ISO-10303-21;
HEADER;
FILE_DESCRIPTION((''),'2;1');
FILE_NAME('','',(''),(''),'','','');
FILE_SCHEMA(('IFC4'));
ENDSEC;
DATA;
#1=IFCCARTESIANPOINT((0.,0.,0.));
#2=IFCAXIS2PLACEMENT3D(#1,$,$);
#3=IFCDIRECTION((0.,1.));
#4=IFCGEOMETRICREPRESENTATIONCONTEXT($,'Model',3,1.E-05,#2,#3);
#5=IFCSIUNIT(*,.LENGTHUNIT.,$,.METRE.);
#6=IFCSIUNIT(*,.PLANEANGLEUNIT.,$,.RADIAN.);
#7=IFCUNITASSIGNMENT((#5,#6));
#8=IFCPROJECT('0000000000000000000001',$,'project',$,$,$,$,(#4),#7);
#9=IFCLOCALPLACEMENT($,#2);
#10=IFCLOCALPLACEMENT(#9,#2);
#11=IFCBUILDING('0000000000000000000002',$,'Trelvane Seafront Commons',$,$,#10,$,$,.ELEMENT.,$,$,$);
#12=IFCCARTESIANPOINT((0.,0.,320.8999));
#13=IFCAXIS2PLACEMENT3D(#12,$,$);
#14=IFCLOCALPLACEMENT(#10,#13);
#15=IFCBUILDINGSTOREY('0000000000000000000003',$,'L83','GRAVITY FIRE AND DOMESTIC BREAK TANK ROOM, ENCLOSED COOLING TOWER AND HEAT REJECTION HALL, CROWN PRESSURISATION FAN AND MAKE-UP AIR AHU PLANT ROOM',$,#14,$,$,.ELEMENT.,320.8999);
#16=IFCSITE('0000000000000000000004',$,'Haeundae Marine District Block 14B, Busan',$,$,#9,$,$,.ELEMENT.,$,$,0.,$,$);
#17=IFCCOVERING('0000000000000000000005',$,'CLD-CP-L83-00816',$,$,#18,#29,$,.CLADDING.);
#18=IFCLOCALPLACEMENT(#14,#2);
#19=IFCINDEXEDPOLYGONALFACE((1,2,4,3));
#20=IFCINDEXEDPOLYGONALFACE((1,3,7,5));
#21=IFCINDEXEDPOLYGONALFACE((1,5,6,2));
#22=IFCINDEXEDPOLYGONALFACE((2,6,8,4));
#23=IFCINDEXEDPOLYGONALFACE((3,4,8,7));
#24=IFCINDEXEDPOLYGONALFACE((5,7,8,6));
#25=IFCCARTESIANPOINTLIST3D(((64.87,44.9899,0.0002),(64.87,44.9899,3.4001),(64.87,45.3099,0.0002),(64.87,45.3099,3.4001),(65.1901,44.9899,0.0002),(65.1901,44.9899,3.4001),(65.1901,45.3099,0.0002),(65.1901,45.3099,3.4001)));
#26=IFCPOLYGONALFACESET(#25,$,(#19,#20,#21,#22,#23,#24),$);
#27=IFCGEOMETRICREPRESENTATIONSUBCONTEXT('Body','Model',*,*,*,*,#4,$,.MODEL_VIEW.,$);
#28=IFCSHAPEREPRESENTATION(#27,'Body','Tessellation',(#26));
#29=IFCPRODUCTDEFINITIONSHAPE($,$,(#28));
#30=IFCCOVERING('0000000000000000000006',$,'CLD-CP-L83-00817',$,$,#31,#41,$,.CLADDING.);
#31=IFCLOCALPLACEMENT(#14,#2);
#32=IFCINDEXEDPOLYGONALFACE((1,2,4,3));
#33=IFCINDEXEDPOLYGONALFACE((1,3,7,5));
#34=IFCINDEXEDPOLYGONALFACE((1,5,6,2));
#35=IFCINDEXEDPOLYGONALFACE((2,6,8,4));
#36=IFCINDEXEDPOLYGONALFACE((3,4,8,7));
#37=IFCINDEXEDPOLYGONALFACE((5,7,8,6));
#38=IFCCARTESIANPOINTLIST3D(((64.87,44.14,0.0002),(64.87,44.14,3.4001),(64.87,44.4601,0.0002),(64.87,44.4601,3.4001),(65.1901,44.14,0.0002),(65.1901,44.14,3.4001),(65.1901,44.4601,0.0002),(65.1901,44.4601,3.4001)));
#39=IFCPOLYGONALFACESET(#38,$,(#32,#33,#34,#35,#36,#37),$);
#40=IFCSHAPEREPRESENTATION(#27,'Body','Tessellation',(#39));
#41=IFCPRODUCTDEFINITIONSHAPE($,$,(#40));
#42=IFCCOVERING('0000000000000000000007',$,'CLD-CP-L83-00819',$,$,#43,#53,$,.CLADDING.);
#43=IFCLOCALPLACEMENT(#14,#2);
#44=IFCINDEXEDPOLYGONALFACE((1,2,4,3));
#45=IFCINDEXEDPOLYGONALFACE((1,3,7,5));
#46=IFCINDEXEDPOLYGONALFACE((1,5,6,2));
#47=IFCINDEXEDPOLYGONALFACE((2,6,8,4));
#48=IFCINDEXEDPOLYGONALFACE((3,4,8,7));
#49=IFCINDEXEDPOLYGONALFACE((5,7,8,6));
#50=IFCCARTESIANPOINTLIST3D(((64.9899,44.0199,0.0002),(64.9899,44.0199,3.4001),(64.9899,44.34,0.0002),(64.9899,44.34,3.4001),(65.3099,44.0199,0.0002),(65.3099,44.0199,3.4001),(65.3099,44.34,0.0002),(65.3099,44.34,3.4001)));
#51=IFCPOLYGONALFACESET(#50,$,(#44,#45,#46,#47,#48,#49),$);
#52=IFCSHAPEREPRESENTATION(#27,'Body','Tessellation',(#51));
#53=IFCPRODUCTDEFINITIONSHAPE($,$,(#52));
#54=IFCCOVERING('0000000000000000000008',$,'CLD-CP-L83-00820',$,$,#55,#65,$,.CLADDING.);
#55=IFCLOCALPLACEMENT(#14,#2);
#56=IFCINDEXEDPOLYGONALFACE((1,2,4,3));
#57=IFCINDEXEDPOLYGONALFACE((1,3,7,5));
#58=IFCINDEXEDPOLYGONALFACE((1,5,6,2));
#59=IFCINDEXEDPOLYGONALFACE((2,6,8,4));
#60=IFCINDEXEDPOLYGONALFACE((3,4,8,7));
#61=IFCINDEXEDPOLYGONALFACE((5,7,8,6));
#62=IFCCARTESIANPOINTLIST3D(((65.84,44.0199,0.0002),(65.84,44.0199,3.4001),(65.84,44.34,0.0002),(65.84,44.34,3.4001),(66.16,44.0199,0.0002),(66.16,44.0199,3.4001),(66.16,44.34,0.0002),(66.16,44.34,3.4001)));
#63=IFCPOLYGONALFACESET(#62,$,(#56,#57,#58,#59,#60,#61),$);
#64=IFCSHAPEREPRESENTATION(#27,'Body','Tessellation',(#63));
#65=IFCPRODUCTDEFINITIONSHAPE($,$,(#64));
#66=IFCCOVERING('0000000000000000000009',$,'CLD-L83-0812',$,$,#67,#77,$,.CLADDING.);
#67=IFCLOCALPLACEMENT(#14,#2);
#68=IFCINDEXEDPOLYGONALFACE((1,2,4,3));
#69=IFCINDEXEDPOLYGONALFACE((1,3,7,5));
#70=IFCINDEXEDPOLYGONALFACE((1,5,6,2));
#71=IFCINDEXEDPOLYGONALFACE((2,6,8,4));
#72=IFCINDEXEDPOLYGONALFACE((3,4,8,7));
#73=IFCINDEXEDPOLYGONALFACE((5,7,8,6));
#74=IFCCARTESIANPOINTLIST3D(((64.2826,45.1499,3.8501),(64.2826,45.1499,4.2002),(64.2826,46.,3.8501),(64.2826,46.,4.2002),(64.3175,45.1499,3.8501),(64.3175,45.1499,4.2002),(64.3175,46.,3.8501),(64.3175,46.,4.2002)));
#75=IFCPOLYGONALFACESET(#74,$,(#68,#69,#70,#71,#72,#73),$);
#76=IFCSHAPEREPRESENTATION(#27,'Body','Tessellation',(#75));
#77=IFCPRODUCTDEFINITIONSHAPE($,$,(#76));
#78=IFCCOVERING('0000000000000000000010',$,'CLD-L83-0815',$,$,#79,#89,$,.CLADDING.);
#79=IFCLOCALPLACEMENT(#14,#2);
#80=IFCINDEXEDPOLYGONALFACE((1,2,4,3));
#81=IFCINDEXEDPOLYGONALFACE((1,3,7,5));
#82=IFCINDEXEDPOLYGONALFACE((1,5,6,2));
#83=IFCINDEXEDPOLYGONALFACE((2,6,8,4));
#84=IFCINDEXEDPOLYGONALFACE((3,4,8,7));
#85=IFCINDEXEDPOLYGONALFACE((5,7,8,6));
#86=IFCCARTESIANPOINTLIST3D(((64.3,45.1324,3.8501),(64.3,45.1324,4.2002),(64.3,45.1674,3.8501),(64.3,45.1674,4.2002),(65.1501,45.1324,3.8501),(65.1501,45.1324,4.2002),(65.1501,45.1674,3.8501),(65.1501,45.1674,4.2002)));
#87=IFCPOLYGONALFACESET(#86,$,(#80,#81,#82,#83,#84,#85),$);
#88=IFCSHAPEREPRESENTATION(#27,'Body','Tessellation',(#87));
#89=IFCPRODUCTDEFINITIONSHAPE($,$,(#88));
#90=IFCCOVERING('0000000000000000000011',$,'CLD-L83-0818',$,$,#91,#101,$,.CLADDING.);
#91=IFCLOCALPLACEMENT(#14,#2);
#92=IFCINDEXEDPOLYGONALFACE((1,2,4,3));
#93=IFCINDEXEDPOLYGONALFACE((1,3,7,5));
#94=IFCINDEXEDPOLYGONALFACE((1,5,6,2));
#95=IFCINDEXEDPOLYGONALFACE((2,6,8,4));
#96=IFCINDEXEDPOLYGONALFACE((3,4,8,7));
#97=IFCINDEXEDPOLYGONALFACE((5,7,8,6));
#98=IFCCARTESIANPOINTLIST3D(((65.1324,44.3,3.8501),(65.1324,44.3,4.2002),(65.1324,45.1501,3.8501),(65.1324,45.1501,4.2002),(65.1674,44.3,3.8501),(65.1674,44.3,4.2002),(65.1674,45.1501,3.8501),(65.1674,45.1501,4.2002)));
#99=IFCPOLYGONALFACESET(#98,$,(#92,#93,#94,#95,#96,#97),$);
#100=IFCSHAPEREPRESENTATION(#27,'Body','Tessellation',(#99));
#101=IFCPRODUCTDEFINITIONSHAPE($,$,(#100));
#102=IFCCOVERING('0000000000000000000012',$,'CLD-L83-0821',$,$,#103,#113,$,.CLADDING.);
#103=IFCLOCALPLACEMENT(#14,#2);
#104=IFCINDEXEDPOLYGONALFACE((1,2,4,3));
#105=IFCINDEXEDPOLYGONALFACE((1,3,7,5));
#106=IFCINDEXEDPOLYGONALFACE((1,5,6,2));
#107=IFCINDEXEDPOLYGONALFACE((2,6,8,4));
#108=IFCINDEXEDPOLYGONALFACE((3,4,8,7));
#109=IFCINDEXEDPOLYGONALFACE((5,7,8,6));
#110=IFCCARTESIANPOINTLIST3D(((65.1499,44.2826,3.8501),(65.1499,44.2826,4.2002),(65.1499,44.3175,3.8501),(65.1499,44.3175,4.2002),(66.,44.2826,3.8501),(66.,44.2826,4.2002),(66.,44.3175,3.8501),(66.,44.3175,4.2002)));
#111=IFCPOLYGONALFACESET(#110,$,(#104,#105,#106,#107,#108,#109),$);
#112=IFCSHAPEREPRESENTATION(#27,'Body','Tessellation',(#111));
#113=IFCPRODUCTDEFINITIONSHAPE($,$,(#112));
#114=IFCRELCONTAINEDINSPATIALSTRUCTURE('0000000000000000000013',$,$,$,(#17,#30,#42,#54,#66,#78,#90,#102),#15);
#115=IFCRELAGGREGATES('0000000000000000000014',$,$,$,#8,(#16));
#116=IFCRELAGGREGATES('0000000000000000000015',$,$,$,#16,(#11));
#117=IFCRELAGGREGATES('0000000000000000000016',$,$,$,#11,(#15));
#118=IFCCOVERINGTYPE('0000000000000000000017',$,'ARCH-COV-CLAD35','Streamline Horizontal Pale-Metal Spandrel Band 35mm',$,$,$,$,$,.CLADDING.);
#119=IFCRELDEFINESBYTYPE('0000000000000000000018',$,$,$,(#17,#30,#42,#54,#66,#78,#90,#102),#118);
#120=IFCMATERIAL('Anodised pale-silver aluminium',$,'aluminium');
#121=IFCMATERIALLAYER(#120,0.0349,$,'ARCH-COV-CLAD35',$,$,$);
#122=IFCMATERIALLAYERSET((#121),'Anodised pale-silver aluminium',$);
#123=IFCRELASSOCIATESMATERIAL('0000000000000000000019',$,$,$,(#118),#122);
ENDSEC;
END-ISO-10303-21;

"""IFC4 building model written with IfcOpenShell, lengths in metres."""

from ifc_helpers import new_model, si_unit, direction, frame, origin, origin_2d, place, context, subcontext, project, spatial, rectangle, extrude, source, transform, mapped, material, layer, layer_set, type_object, element, save


model = new_model("IFC4")

# Units and contexts
model_context = context("Model", 3, precision=1e-05, world=origin(), true_north=direction((0.0, 1.0)))
body_context = subcontext(model_context, "Body", "Model", "MODEL_VIEW")
ifc_project = project(units=[si_unit("LENGTHUNIT", "METRE"), si_unit("PLANEANGLEUNIT", "RADIAN")], contexts=[model_context])

# Site, building, storey
site_placement = place(None, origin())
site = spatial("IfcSite", under=ifc_project, at=site_placement, Name="Haeundae Marine District Block 14B, Busan", CompositionType="ELEMENT", RefElevation=0.0)
building_placement = place(site_placement, origin())
building = spatial("IfcBuilding", under=site, at=building_placement, Name="Trelvane Seafront Commons", CompositionType="ELEMENT")
storey_placement = place(building_placement, frame((0.0, 0.0, 320.8999)))
storey = spatial("IfcBuildingStorey", under=building, at=storey_placement, Name="L83", Description="GRAVITY FIRE AND DOMESTIC BREAK TANK ROOM, ENCLOSED COOLING TOWER AND HEAT REJECTION HALL, CROWN PRESSURISATION FAN AND MAKE-UP AIR AHU PLANT ROOM", CompositionType="ELEMENT", Elevation=320.8999)

# Shared definitions
ifc_material_1 = material(Name="Anodised pale-silver aluminium", Category="aluminium")

# Coverings
ifc_layer_1 = layer(ifc_material_1, 0.0349, Name="ARCH-COV-CLAD35")
ifc_layer_set_1 = layer_set([ifc_layer_1], Name="Anodised pale-silver aluminium")
covering_type = type_object("IfcCoveringType", Name="ARCH-COV-CLAD35", Description="Streamline Horizontal Pale-Metal Spandrel Band 35mm", PredefinedType="CLADDING", material=ifc_layer_set_1)
shared_shape_1 = source(origin(), body_context, "Body", "SweptSolid", [
    extrude(rectangle(XDim=0.3201, YDim=0.3201, at=origin_2d()), origin(), (0.0, 0.0, 1.0), 3.3999),
])
for number, where, z_axis, x_axis, name in (
    (1, (65.03, 45.1499, 0.0002), (0.0, 0.0, 1.0), (1.0, 0.0, 0.0), "CLD-CP-L83-00816"),
    (2, (65.03, 44.3, 0.0002), (0.0, 0.0, 1.0), (1.0, 0.0, 0.0), "CLD-CP-L83-00817"),
    (3, (65.1499, 44.1799, 0.0002), (0.0, 0.0, 1.0), (1.0, 0.0, 0.0), "CLD-CP-L83-00819"),
    (4, (66.0, 44.1799, 0.0002), (0.0, 0.0, 1.0), (1.0, 0.0, 0.0), "CLD-CP-L83-00820"),
):
    element("IfcCovering", number, at=place(storey_placement, frame(where, z_axis=z_axis, x_axis=x_axis)), inside=storey, type_object=covering_type, Name=name, PredefinedType="CLADDING", context=body_context, shape_type="MappedRepresentation", body=[
        mapped(shared_shape_1, transform((0.0, 0.0, 0.0), x_axis=(1.0, 0.0, 0.0), y_axis=(0.0, 1.0, 0.0), z_axis=(0.0, 0.0, 1.0), scale=1.0)),
    ])
shared_shape_2 = source(origin(), body_context, "Body", "SweptSolid", [
    extrude(rectangle(XDim=0.8501, YDim=0.0349, at=origin_2d()), origin(), (0.0, 0.0, 1.0), 0.3501),
])
for number, where, z_axis, x_axis, name in (
    (5, (64.3, 45.575, 3.8501), (0.0, 0.0, 1.0), (0.0, -1.0, 0.0), "CLD-L83-0812"),
    (6, (64.7251, 45.1499, 3.8501), (0.0, 0.0, 1.0), (1.0, 0.0, 0.0), "CLD-L83-0815"),
    (7, (65.1499, 44.7251, 3.8501), (0.0, 0.0, 1.0), (0.0, -1.0, 0.0), "CLD-L83-0818"),
    (8, (65.575, 44.3, 3.8501), (0.0, 0.0, 1.0), (1.0, 0.0, 0.0), "CLD-L83-0821"),
):
    element("IfcCovering", number, at=place(storey_placement, frame(where, z_axis=z_axis, x_axis=x_axis)), inside=storey, type_object=covering_type, Name=name, PredefinedType="CLADDING", context=body_context, shape_type="MappedRepresentation", body=[
        mapped(shared_shape_2, transform((0.0, 0.0, 0.0), x_axis=(1.0, 0.0, 0.0), y_axis=(0.0, 1.0, 0.0), z_axis=(0.0, 0.0, 1.0), scale=1.0)),
    ])

save(model, "model.ifc")
